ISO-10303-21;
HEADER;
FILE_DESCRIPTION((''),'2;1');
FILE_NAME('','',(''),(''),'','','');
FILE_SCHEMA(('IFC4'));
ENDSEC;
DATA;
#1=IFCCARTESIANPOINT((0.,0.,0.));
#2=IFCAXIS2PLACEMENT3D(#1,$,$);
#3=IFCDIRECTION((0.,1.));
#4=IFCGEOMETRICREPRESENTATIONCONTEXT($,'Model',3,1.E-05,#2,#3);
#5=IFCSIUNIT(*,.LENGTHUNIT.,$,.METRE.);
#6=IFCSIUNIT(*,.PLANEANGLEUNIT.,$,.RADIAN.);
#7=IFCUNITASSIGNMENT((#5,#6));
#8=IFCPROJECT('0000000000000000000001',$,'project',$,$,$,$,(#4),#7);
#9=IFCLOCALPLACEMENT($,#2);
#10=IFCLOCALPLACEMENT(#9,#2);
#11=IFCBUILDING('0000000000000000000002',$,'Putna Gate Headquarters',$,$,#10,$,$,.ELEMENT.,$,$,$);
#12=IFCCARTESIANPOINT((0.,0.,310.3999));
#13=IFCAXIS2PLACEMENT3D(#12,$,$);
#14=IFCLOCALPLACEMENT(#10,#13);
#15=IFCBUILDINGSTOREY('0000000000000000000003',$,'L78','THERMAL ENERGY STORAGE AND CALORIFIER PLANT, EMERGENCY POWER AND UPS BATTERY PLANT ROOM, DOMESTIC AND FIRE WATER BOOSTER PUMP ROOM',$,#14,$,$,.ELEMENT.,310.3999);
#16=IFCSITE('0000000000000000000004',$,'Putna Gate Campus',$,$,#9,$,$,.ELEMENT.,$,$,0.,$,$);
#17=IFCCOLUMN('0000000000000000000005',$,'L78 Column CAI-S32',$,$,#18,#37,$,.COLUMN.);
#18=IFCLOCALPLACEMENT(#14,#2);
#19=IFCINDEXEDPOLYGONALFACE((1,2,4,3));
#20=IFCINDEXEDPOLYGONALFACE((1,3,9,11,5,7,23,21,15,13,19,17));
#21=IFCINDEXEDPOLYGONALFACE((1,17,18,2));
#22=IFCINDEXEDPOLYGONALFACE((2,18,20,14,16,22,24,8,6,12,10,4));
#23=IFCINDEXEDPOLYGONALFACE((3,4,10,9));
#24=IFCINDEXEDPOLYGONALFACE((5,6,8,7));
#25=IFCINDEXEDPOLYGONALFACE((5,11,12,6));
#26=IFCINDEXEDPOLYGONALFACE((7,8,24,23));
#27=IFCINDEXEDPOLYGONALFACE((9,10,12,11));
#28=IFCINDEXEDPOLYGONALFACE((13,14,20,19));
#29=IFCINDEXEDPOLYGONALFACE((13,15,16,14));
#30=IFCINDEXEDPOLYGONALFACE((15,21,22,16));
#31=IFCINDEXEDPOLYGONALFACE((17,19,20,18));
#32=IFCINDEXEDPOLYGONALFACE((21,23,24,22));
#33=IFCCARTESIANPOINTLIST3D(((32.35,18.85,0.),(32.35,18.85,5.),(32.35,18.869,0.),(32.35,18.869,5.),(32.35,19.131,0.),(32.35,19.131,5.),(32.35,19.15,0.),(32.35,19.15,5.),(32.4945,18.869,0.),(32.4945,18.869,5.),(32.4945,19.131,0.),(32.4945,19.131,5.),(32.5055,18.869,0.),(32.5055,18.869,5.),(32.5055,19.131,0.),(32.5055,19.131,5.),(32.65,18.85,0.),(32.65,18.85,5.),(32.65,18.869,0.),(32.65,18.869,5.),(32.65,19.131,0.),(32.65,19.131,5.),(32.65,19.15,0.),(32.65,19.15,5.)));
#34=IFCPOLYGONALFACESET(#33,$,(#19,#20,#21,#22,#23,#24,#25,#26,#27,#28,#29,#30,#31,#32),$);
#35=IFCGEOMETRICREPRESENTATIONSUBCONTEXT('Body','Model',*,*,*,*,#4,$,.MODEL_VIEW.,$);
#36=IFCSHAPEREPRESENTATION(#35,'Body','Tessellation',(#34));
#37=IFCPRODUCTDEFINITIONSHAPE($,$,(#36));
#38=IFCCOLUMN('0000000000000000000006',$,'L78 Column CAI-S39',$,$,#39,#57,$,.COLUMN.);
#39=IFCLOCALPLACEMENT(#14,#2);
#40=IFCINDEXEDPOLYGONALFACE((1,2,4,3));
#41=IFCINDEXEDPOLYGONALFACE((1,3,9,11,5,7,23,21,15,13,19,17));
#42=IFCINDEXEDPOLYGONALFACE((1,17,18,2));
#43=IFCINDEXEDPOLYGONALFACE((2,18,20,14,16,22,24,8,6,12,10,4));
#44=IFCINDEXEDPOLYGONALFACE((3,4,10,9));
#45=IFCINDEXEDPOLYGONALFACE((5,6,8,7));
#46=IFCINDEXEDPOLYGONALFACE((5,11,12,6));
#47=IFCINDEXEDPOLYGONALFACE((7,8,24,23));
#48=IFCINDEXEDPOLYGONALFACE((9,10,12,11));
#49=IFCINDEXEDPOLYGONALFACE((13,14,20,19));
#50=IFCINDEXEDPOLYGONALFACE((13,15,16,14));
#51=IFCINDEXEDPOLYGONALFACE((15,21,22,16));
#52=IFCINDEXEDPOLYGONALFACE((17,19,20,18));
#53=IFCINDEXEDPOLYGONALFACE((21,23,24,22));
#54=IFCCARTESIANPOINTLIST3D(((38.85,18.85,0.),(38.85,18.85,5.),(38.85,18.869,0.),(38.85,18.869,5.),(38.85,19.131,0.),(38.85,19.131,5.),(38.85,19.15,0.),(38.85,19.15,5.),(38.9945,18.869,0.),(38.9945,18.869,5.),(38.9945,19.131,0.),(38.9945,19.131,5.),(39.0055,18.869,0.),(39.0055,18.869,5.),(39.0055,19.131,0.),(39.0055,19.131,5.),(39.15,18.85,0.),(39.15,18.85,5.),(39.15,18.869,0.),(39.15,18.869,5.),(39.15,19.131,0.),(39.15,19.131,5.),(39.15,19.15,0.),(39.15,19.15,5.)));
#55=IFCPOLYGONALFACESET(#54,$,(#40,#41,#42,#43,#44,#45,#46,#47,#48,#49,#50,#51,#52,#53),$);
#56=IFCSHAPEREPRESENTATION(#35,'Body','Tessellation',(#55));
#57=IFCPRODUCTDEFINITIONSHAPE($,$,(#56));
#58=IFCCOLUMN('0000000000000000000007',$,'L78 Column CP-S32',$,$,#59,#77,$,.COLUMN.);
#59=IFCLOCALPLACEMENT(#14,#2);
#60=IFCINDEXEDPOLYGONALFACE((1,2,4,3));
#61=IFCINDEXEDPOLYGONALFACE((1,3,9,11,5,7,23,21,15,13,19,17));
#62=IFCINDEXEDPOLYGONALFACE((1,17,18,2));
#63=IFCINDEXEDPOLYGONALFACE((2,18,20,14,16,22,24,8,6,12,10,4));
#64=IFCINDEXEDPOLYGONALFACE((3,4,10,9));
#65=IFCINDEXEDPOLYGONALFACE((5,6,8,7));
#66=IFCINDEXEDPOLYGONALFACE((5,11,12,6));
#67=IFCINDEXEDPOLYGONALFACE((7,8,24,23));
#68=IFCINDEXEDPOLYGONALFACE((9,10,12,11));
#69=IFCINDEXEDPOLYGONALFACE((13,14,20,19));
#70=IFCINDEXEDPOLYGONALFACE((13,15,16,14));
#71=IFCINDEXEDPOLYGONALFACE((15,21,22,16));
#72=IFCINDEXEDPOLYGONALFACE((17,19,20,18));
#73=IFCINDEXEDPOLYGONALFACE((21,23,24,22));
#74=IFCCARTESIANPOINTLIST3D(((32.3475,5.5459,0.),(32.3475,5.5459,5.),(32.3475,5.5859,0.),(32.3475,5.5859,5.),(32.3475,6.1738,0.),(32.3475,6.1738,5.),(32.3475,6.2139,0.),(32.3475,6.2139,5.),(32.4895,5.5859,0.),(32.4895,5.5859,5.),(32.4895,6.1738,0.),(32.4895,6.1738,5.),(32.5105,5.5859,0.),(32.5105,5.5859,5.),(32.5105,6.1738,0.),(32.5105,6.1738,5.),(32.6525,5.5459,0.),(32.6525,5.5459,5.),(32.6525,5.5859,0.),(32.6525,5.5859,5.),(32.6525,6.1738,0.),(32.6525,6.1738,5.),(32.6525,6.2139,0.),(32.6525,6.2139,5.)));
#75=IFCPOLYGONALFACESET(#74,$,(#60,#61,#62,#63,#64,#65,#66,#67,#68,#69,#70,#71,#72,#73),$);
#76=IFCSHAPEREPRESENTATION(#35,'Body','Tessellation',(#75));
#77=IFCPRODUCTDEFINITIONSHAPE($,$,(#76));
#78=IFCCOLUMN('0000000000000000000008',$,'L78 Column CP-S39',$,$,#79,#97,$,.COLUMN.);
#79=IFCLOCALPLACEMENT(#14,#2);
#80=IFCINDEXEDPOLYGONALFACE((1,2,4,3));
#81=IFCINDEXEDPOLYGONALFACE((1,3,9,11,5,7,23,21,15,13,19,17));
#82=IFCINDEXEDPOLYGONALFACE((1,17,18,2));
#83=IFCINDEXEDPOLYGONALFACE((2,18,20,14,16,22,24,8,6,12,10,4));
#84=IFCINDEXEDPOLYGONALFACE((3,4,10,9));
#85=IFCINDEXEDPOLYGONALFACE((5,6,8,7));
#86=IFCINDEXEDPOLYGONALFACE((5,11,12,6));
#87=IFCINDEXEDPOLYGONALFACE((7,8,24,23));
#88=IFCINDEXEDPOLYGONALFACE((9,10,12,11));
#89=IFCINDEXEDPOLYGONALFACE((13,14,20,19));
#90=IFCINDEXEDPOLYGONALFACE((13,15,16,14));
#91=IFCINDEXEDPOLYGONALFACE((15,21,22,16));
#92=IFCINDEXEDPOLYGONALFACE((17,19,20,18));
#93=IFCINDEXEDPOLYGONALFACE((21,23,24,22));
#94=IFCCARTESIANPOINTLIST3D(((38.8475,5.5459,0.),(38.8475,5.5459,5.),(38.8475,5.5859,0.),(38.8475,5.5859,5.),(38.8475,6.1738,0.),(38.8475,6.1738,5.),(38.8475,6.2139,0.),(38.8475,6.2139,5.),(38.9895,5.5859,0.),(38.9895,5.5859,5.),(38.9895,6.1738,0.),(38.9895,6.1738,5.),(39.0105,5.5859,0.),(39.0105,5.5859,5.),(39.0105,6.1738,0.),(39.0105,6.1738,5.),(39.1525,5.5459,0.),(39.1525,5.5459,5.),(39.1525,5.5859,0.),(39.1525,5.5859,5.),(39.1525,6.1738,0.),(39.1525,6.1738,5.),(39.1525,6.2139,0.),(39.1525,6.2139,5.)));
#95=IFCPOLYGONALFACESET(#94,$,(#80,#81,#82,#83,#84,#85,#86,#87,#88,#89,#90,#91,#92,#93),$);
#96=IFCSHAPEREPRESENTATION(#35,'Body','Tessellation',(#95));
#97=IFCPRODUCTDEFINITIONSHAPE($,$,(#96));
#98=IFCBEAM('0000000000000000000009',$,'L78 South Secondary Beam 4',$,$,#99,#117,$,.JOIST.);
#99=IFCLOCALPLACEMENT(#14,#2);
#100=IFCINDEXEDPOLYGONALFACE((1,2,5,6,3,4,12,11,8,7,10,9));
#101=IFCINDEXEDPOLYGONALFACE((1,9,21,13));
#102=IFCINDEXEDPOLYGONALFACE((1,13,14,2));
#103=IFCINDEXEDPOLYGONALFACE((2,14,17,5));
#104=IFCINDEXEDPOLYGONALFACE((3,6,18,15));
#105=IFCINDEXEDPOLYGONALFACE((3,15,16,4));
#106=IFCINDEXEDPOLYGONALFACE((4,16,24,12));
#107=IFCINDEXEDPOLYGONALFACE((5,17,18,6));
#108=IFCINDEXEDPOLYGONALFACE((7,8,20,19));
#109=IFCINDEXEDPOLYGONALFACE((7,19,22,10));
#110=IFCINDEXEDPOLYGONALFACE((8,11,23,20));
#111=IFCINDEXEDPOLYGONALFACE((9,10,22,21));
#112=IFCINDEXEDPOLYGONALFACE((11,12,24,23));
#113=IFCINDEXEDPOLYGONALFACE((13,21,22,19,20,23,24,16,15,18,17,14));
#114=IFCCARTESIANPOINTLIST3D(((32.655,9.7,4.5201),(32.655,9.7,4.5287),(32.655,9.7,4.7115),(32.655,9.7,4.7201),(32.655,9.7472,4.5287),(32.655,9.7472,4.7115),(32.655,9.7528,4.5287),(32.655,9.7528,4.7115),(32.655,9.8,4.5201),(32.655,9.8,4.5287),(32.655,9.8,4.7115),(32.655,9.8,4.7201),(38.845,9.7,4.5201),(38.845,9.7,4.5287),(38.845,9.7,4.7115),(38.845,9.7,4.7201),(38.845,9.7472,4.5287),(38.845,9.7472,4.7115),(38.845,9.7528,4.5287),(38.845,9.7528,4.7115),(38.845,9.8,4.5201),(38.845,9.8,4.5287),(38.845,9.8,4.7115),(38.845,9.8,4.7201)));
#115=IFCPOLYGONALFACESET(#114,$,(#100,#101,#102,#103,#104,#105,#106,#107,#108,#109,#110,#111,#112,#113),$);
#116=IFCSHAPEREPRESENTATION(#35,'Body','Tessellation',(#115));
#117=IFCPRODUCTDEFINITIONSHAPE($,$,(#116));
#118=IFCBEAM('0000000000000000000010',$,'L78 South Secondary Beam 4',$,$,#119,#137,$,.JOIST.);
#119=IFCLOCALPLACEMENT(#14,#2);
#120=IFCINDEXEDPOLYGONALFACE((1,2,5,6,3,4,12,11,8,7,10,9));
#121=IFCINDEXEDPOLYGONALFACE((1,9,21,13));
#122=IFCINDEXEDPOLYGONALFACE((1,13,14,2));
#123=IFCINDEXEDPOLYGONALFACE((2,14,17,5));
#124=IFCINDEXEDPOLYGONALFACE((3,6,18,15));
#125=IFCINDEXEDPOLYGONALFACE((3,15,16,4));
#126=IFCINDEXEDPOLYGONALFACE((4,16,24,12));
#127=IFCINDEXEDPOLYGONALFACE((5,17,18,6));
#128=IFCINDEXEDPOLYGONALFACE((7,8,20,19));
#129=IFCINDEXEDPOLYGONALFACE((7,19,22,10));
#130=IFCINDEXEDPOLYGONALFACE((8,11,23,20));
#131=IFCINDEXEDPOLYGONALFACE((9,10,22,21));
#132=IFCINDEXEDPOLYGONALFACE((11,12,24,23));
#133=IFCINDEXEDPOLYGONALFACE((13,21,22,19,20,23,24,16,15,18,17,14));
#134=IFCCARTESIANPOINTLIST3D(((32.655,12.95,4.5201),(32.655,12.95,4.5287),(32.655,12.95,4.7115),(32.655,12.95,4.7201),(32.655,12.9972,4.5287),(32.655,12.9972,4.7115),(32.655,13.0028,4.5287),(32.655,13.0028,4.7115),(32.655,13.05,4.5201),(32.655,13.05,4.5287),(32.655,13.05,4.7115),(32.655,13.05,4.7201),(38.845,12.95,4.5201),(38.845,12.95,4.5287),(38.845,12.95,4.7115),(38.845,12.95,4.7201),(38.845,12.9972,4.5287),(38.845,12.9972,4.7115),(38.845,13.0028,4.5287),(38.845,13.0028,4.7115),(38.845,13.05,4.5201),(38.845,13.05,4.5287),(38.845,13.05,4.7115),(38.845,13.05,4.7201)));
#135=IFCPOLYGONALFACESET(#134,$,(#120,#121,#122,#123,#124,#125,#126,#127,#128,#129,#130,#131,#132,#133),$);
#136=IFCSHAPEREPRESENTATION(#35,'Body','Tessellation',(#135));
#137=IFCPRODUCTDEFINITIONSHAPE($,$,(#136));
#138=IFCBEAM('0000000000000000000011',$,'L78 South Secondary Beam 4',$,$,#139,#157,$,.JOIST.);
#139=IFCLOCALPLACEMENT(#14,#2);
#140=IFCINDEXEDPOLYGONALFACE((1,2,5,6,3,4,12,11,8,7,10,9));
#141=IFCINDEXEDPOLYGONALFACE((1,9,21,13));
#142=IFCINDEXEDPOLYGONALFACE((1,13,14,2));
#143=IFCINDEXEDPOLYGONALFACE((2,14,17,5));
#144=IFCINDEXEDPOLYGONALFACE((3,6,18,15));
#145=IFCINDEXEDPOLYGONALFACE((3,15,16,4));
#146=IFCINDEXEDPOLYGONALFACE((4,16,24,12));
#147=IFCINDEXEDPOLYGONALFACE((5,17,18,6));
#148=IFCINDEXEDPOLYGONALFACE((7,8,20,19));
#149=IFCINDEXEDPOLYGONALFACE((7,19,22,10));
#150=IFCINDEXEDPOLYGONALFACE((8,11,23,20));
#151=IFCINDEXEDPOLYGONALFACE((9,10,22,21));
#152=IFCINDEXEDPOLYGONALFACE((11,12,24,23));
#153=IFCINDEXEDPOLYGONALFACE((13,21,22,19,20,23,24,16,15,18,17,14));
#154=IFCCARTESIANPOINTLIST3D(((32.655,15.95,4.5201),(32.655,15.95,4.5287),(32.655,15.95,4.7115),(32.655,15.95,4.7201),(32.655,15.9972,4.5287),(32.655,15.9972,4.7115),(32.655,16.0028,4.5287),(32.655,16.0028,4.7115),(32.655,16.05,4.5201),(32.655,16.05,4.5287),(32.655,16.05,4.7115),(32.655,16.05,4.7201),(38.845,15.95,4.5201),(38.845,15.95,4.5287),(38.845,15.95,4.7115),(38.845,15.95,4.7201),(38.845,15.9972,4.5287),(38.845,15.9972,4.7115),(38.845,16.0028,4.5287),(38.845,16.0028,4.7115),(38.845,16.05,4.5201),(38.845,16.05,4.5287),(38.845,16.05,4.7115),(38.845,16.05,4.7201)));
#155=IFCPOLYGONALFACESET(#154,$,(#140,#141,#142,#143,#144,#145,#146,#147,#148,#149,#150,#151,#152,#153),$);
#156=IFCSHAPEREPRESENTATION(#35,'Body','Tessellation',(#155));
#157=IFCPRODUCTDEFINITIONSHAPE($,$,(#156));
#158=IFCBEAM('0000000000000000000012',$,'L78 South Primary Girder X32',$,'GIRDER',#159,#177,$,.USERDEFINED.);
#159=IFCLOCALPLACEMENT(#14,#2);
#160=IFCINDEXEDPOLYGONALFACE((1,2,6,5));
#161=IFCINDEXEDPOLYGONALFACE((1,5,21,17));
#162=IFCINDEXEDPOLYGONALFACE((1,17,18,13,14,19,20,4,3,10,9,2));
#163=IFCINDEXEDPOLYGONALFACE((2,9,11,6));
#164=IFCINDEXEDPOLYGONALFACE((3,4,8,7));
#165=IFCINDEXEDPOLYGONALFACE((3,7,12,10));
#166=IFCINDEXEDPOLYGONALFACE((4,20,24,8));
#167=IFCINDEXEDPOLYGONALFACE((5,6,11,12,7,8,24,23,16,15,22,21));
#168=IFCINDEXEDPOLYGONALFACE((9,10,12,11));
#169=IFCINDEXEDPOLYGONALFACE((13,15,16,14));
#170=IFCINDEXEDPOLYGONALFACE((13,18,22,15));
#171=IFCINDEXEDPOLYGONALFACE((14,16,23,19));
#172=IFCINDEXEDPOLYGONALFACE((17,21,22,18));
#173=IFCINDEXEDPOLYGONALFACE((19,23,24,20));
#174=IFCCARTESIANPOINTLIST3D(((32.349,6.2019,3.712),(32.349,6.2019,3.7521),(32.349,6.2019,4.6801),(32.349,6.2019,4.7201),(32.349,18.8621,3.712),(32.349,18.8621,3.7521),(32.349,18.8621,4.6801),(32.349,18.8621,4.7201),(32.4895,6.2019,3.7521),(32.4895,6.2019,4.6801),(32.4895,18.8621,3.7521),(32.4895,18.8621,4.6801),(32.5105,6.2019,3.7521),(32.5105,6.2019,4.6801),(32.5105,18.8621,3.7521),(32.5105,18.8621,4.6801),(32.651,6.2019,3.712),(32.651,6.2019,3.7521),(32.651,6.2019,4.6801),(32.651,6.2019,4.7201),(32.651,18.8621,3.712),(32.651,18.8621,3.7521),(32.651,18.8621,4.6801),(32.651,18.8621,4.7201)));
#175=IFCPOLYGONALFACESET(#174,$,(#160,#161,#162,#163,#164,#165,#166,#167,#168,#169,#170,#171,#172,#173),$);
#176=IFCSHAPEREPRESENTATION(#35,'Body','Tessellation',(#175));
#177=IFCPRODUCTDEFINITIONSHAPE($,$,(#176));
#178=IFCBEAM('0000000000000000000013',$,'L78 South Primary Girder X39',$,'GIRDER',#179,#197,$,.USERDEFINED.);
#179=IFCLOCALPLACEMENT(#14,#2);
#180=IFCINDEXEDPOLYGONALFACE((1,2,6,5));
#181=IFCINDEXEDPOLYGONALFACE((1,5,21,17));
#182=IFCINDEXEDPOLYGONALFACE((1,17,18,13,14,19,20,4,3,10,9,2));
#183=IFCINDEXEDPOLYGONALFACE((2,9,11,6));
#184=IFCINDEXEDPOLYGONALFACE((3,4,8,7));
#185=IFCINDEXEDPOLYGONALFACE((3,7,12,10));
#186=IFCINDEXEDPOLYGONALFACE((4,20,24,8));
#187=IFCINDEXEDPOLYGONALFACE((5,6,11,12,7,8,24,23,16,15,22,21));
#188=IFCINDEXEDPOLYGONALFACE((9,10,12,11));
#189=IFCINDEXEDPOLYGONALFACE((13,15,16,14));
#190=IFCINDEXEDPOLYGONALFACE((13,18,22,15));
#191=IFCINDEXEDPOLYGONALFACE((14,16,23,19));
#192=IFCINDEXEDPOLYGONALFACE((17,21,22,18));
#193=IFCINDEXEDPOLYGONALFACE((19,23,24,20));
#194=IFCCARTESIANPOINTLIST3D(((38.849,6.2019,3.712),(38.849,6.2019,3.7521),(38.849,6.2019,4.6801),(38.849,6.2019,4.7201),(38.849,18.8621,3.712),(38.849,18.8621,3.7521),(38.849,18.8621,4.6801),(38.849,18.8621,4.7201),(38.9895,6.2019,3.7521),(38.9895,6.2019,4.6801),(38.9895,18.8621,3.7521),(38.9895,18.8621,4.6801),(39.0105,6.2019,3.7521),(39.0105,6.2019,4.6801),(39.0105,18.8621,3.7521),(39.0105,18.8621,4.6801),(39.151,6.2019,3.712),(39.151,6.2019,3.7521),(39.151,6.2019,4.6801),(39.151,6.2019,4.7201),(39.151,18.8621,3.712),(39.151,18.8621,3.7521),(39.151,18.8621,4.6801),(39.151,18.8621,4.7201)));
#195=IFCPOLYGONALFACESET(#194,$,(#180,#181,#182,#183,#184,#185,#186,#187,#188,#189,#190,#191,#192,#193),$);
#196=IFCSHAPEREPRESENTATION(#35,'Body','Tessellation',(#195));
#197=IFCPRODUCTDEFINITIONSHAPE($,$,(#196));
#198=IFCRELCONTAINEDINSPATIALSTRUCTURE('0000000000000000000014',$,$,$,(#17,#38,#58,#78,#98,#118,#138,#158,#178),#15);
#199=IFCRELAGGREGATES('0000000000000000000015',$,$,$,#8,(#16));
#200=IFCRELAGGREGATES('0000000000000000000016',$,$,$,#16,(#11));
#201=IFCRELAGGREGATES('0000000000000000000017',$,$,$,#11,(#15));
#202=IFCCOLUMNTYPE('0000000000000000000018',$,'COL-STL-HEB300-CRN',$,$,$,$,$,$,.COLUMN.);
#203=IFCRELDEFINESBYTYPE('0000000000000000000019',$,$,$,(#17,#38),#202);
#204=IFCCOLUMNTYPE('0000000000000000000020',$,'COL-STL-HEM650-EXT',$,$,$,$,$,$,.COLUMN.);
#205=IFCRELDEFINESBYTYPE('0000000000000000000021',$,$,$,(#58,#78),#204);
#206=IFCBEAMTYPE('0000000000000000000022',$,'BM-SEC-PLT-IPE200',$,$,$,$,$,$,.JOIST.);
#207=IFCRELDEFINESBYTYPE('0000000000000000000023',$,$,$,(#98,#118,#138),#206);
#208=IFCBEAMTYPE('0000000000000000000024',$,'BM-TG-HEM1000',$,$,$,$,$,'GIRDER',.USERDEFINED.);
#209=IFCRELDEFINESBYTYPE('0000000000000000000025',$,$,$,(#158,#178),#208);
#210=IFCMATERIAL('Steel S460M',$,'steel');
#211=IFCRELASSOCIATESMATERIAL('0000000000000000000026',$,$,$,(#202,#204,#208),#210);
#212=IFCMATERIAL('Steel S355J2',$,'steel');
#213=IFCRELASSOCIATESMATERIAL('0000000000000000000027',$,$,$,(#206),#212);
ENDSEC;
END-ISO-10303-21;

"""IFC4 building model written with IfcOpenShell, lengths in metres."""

from ifc_helpers import new_model, si_unit, direction, frame, origin, origin_2d, place, context, subcontext, project, spatial, i_section, extrude, material, material_profile, profile_set, type_object, element, save


model = new_model("IFC4")

# Units and contexts
model_context = context("Model", 3, precision=1e-05, world=origin(), true_north=direction((0.0, 1.0)))
body_context = subcontext(model_context, "Body", "Model", "MODEL_VIEW")
ifc_project = project(units=[si_unit("LENGTHUNIT", "METRE"), si_unit("PLANEANGLEUNIT", "RADIAN")], contexts=[model_context])

# Site, building, storey
site_placement = place(None, origin())
site = spatial("IfcSite", under=ifc_project, at=site_placement, Name="Putna Gate Campus", CompositionType="ELEMENT", RefElevation=0.0)
building_placement = place(site_placement, origin())
building = spatial("IfcBuilding", under=site, at=building_placement, Name="Putna Gate Headquarters", CompositionType="ELEMENT")
storey_placement = place(building_placement, frame((0.0, 0.0, 310.3999)))
storey = spatial("IfcBuildingStorey", under=building, at=storey_placement, Name="L78", Description="THERMAL ENERGY STORAGE AND CALORIFIER PLANT, EMERGENCY POWER AND UPS BATTERY PLANT ROOM, DOMESTIC AND FIRE WATER BOOSTER PUMP ROOM", CompositionType="ELEMENT", Elevation=310.3999)

# Columns
ifc_material_1 = material(Name="Steel S460M", Category="steel")
ifc_material_profile_1 = material_profile(ifc_material_1, i_section(OverallWidth=0.3, OverallDepth=0.3, WebThickness=0.011, FlangeThickness=0.019, at=origin_2d()), Name="Steel S460M")
ifc_profile_set_1 = profile_set([ifc_material_profile_1], Name="Steel S460M")
column_type_1 = type_object("IfcColumnType", Name="COL-STL-HEB300-CRN", PredefinedType="COLUMN", material=ifc_profile_set_1)
for number, where, z_axis, x_axis, name in (
    (1, (32.5, 19.0, 0.0), (0.0, 0.0, 1.0), (1.0, 0.0, 0.0), "L78 Column CAI-S32"),
    (2, (39.0, 19.0, 0.0), (0.0, 0.0, 1.0), (1.0, 0.0, 0.0), "L78 Column CAI-S39"),
):
    element("IfcColumn", number, at=place(storey_placement, frame(where, z_axis=z_axis, x_axis=x_axis)), inside=storey, type_object=column_type_1, Name=name, PredefinedType="COLUMN", context=body_context, shape_type="SweptSolid", body=[
        extrude(i_section(OverallWidth=0.3, OverallDepth=0.3, WebThickness=0.011, FlangeThickness=0.019, at=origin_2d()), origin(), (0.0, 0.0, 1.0), 5.0),
    ])
ifc_material_profile_2 = material_profile(ifc_material_1, i_section(OverallWidth=0.3049, OverallDepth=0.668, WebThickness=0.021, FlangeThickness=0.04, at=origin_2d()), Name="Steel S460M")
ifc_profile_set_2 = profile_set([ifc_material_profile_2], Name="Steel S460M")
column_type_2 = type_object("IfcColumnType", Name="COL-STL-HEM650-EXT", PredefinedType="COLUMN", material=ifc_profile_set_2)
for number, where, z_axis, x_axis, name in (
    (3, (32.5, 5.8799, 0.0), (0.0, 0.0, 1.0), (1.0, 0.0, 0.0), "L78 Column CP-S32"),
    (4, (39.0, 5.8799, 0.0), (0.0, 0.0, 1.0), (1.0, 0.0, 0.0), "L78 Column CP-S39"),
):
    element("IfcColumn", number, at=place(storey_placement, frame(where, z_axis=z_axis, x_axis=x_axis)), inside=storey, type_object=column_type_2, Name=name, PredefinedType="COLUMN", context=body_context, shape_type="SweptSolid", body=[
        extrude(i_section(OverallWidth=0.3049, OverallDepth=0.668, WebThickness=0.021, FlangeThickness=0.04, at=origin_2d()), origin(), (0.0, 0.0, 1.0), 5.0),
    ])

# Beams
ifc_material_2 = material(Name="Steel S355J2", Category="steel")
ifc_material_profile_3 = material_profile(ifc_material_2, i_section(OverallWidth=0.1001, OverallDepth=0.2, WebThickness=0.0056, FlangeThickness=0.0085, at=origin_2d()), Name="Steel S355J2")
ifc_profile_set_3 = profile_set([ifc_material_profile_3], Name="Steel S355J2")
beam_type_1 = type_object("IfcBeamType", Name="BM-SEC-PLT-IPE200", PredefinedType="JOIST", material=ifc_profile_set_3)
for number, where, z_axis, x_axis, name in (
    (5, (32.655, 9.75, 4.6201), (1.0, 0.0, 0.0), (0.0, 1.0, 0.0), "L78 South Secondary Beam 4"),
    (6, (32.655, 13.0, 4.6201), (1.0, 0.0, 0.0), (0.0, 1.0, 0.0), "L78 South Secondary Beam 4"),
    (7, (32.655, 16.0, 4.6201), (1.0, 0.0, 0.0), (0.0, 1.0, 0.0), "L78 South Secondary Beam 4"),
):
    element("IfcBeam", number, at=place(storey_placement, frame(where, z_axis=z_axis, x_axis=x_axis)), inside=storey, type_object=beam_type_1, Name=name, PredefinedType="JOIST", context=body_context, shape_type="SweptSolid", body=[
        extrude(i_section(OverallWidth=0.1001, OverallDepth=0.2, WebThickness=0.0056, FlangeThickness=0.0085, at=origin_2d()), origin(), (0.0, 0.0, 1.0), 6.1899),
    ])
ifc_material_profile_4 = material_profile(ifc_material_1, i_section(OverallWidth=0.302, OverallDepth=1.0081, WebThickness=0.021, FlangeThickness=0.04, at=origin_2d()), Name="Steel S460M")
ifc_profile_set_4 = profile_set([ifc_material_profile_4], Name="Steel S460M")
beam_type_2 = type_object("IfcBeamType", Name="BM-TG-HEM1000", ElementType="GIRDER", PredefinedType="USERDEFINED", material=ifc_profile_set_4)
for number, where, z_axis, x_axis, name in (
    (8, (32.5, 6.2019, 4.2161), (0.0, 1.0, 0.0), (-1.0, 0.0, 0.0), "L78 South Primary Girder X32"),
    (9, (39.0, 6.2019, 4.2161), (0.0, 1.0, 0.0), (-1.0, 0.0, 0.0), "L78 South Primary Girder X39"),
):
    element("IfcBeam", number, at=place(storey_placement, frame(where, z_axis=z_axis, x_axis=x_axis)), inside=storey, type_object=beam_type_2, Name=name, ObjectType="GIRDER", PredefinedType="USERDEFINED", context=body_context, shape_type="SweptSolid", body=[
        extrude(i_section(OverallWidth=0.302, OverallDepth=1.0081, WebThickness=0.021, FlangeThickness=0.04, at=origin_2d()), origin(), (0.0, 0.0, 1.0), 12.6602),
    ])

save(model, "model.ifc")
